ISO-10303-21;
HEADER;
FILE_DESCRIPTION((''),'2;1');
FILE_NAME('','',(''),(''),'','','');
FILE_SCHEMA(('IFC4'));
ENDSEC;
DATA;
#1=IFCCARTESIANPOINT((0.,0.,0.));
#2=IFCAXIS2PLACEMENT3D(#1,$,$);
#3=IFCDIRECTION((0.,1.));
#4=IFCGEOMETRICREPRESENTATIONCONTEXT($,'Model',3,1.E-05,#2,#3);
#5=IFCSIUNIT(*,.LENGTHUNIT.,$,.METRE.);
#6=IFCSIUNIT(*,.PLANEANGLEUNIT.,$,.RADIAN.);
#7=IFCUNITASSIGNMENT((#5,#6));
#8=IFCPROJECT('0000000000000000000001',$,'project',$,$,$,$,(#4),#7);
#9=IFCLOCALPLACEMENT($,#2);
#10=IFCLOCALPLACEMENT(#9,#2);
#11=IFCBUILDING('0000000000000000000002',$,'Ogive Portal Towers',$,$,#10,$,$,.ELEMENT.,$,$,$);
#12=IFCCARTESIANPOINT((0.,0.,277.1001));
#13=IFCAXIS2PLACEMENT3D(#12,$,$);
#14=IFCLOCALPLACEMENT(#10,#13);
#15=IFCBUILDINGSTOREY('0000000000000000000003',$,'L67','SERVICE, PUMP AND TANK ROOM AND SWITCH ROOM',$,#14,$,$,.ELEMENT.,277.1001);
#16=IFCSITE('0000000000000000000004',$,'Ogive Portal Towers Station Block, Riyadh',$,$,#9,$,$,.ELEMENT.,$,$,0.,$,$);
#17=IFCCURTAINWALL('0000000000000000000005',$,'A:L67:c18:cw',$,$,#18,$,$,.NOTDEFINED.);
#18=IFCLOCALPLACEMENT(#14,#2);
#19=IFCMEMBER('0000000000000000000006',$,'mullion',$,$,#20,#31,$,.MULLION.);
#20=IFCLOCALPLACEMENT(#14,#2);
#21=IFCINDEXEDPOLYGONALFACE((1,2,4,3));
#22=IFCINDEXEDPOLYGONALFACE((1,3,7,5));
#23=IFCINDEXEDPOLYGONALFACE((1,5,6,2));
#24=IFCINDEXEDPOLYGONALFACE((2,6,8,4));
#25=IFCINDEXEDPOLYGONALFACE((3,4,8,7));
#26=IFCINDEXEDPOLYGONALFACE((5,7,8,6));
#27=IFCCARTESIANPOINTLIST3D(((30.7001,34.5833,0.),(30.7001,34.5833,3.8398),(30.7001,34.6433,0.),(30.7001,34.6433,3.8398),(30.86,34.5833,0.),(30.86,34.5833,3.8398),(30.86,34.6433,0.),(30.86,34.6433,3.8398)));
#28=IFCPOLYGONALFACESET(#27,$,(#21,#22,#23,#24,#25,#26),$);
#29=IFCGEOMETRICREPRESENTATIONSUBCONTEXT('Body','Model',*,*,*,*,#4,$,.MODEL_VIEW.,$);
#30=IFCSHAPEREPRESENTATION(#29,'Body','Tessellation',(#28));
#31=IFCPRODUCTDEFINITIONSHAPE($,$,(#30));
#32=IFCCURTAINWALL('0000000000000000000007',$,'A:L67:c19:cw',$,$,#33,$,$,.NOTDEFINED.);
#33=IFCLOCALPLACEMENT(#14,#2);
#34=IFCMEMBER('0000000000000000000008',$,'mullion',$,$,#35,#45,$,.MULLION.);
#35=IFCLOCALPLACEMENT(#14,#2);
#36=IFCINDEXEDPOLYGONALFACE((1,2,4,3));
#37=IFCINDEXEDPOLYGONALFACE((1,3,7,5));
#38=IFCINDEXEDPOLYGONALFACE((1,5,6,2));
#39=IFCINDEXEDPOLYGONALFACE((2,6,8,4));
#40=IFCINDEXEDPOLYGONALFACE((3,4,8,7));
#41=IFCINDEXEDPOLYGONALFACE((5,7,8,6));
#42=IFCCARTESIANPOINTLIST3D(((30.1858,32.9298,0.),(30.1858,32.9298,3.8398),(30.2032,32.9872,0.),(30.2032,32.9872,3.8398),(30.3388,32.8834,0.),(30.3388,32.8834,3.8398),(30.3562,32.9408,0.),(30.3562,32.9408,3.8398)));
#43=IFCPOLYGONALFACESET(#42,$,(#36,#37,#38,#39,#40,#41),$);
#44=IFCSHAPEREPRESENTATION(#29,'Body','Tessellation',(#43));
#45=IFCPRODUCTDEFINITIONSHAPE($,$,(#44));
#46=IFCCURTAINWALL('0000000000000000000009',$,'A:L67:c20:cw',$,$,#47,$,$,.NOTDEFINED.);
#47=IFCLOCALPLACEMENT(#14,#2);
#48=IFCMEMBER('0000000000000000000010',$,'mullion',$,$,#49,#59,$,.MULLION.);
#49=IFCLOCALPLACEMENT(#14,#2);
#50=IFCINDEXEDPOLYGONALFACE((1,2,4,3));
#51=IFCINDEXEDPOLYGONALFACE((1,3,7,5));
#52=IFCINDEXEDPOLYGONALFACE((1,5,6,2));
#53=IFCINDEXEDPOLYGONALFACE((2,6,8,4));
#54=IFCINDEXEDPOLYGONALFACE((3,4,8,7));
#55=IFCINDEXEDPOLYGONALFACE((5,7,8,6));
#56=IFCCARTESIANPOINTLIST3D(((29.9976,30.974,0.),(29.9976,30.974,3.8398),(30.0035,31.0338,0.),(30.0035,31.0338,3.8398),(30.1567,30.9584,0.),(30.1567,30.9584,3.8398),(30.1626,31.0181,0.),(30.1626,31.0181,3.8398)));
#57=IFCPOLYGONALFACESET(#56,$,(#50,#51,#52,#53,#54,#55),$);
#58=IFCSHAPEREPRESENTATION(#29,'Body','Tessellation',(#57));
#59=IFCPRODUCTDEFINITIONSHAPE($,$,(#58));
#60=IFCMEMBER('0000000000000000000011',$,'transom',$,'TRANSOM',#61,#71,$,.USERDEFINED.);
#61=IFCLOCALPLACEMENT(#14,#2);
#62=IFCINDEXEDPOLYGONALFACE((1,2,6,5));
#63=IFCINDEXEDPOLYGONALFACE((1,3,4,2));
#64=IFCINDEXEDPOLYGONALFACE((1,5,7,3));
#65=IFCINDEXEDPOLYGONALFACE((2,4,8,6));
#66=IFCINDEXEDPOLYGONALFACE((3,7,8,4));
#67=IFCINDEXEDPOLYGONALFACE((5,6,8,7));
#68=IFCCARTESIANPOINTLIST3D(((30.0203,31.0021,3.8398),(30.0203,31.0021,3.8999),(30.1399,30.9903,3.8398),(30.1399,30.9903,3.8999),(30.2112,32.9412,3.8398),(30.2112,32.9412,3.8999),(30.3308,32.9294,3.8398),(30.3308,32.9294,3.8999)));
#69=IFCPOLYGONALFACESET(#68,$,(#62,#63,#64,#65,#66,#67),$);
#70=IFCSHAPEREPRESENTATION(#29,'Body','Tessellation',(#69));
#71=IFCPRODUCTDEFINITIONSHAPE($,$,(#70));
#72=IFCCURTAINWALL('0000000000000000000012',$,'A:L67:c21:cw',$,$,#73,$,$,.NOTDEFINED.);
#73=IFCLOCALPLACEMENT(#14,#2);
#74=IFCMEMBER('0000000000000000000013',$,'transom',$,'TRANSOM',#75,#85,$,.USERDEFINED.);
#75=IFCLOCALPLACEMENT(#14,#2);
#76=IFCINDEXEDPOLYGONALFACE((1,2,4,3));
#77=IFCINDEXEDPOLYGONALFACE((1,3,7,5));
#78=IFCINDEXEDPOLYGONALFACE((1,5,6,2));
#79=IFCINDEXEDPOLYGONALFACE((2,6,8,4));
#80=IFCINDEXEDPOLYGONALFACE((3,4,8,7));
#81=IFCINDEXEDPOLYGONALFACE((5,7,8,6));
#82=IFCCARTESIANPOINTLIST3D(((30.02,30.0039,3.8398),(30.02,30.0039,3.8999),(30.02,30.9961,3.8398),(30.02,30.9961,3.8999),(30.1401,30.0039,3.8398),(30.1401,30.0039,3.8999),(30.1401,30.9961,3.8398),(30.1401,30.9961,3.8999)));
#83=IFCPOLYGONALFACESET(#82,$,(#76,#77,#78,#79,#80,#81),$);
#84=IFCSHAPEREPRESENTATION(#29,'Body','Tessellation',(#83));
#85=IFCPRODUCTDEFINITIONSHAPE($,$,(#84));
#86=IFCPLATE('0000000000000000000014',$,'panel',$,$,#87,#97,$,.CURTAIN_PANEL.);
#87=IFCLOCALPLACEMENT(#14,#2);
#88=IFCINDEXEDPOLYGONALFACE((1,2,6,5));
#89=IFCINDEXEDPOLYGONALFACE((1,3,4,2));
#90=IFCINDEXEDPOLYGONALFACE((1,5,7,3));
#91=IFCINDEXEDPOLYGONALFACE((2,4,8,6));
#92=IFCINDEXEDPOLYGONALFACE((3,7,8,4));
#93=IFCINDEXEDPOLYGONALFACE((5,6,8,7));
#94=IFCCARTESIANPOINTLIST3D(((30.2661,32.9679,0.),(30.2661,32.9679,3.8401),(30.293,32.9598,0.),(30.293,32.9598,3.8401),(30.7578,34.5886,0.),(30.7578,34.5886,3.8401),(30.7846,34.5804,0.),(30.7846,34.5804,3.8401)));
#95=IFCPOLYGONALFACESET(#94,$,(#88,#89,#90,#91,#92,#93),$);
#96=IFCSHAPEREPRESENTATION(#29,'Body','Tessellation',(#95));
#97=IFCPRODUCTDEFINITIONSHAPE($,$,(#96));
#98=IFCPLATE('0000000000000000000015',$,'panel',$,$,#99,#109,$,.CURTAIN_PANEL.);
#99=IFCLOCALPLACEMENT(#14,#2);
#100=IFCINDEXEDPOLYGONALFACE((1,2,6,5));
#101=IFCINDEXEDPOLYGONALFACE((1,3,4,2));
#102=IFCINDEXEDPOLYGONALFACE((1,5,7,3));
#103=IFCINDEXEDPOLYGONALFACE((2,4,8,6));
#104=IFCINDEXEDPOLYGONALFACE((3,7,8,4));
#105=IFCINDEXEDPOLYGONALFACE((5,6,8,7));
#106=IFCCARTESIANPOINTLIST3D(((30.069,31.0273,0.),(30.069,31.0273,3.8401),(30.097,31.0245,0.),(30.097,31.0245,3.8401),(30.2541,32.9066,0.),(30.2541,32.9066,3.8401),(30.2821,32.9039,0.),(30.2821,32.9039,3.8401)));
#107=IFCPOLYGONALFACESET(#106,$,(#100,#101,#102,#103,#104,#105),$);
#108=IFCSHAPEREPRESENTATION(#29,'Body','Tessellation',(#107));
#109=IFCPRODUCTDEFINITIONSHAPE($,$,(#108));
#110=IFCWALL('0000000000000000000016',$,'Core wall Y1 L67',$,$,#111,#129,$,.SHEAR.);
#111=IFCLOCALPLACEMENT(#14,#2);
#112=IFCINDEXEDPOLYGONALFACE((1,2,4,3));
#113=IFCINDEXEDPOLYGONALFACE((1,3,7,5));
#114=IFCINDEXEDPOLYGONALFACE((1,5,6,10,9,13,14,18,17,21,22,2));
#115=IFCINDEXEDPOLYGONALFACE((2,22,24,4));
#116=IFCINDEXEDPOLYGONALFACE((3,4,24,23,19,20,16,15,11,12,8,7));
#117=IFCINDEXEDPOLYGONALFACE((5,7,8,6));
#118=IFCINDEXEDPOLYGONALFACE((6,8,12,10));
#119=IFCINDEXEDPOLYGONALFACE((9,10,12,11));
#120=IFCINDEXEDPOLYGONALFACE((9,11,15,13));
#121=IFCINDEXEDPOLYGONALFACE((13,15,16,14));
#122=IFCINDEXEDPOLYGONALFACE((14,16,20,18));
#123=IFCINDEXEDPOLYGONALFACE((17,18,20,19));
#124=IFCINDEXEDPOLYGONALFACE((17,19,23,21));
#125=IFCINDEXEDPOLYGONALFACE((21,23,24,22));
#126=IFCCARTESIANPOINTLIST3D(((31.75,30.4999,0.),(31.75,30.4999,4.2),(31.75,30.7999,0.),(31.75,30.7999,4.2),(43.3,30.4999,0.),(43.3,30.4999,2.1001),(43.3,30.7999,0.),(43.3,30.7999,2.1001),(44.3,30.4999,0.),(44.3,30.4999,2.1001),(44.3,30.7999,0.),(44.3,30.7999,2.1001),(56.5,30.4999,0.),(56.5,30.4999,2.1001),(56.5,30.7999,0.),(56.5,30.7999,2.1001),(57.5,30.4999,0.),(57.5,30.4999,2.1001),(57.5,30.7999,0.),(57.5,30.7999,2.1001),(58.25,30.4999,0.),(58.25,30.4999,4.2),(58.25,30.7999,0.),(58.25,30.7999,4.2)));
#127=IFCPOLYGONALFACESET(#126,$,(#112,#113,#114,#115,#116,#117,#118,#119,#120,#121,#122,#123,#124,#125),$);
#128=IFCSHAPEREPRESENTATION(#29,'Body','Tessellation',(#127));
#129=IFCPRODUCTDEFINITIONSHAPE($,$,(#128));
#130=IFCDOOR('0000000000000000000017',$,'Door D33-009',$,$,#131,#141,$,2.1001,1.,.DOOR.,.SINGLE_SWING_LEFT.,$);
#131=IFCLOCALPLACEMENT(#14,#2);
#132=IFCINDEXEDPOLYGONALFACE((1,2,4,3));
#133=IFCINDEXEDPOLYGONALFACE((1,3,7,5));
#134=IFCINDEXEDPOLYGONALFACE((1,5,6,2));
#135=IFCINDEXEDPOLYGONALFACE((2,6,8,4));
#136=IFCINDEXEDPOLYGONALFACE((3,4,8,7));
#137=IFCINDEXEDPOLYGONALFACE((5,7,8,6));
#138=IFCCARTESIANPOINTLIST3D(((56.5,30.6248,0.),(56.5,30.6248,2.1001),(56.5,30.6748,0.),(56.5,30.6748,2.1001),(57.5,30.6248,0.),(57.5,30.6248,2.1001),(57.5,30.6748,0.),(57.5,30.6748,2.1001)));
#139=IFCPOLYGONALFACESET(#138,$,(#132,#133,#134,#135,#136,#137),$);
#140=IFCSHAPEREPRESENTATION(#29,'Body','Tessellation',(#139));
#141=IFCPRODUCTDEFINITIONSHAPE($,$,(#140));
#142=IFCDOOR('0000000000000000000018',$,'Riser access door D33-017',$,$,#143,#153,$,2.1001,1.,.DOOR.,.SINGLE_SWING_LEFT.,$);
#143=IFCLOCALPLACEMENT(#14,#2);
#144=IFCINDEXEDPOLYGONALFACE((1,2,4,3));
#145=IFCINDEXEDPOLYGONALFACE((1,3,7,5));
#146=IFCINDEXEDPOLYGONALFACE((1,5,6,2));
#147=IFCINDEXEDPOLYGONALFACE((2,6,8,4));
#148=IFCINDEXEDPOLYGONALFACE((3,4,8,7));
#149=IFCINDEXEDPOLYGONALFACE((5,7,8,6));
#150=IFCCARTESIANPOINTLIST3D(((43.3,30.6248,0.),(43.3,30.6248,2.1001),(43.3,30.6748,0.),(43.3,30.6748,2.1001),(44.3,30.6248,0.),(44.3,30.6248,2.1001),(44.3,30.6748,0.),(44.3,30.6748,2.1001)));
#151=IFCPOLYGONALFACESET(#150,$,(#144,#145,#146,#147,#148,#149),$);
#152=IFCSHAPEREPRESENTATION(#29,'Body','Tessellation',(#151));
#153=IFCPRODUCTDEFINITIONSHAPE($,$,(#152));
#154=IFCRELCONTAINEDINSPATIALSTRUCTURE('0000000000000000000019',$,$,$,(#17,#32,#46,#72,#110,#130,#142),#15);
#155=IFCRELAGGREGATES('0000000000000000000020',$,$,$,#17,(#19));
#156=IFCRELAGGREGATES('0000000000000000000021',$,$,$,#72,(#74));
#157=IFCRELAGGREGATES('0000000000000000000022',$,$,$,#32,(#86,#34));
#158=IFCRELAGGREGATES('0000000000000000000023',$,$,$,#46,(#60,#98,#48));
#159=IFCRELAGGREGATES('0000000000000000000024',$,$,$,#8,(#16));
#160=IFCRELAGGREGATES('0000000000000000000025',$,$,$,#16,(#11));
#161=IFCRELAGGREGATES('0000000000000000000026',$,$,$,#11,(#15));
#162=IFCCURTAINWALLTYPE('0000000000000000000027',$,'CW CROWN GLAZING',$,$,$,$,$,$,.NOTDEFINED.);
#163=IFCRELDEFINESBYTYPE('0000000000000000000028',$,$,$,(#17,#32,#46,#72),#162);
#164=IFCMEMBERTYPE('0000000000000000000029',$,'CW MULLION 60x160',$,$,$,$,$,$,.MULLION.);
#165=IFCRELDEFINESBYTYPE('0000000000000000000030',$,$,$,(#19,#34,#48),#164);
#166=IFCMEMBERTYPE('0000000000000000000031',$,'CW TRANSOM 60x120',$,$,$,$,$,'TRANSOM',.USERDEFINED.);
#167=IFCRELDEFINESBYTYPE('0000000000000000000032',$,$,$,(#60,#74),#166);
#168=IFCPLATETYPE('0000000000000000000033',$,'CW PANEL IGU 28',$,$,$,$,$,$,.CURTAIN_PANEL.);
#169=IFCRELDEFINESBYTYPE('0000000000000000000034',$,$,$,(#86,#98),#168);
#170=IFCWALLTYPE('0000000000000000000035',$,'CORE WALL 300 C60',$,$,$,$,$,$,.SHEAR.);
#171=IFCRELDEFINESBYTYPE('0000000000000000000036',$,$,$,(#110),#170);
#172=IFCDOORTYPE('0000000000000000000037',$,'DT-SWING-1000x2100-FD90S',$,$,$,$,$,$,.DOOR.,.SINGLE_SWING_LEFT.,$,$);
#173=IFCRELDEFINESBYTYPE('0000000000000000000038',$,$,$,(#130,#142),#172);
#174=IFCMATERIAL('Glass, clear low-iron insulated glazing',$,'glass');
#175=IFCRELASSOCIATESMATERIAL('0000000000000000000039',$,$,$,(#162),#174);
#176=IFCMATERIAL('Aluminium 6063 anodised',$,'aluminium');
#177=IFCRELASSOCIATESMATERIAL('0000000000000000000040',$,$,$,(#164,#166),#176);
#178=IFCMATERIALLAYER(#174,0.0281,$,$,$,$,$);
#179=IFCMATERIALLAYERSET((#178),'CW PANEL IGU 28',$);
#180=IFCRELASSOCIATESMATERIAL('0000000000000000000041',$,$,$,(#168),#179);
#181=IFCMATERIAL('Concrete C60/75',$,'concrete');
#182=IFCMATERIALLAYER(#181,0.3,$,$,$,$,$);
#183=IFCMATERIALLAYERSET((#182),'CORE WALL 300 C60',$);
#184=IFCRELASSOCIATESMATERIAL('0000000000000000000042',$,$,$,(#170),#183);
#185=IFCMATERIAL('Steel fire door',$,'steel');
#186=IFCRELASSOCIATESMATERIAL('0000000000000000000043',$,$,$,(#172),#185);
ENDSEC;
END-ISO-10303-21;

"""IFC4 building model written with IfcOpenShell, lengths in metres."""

from ifc_helpers import new_model, si_unit, direction, frame, frame_2d, origin, origin_2d, place, context, subcontext, project, spatial, rectangle, extrude, material, layer, layer_set, material_profile, profile_set, type_object, element, fill, aggregate, save


model = new_model("IFC4")

# Units and contexts
model_context = context("Model", 3, precision=1e-05, world=origin(), true_north=direction((0.0, 1.0)))
body_context = subcontext(model_context, "Body", "Model", "MODEL_VIEW")
ifc_project = project(units=[si_unit("LENGTHUNIT", "METRE"), si_unit("PLANEANGLEUNIT", "RADIAN")], contexts=[model_context])

# Site, building, storey
site_placement = place(None, origin())
site = spatial("IfcSite", under=ifc_project, at=site_placement, Name="Ogive Portal Towers Station Block, Riyadh", CompositionType="ELEMENT", RefElevation=0.0)
building_placement = place(site_placement, origin())
building = spatial("IfcBuilding", under=site, at=building_placement, Name="Ogive Portal Towers", CompositionType="ELEMENT")
storey_placement = place(building_placement, frame((0.0, 0.0, 277.1001)))
storey = spatial("IfcBuildingStorey", under=building, at=storey_placement, Name="L67", Description="SERVICE, PUMP AND TANK ROOM AND SWITCH ROOM", CompositionType="ELEMENT", Elevation=277.1001)

# Curtain walls, members
ifc_material_1 = material(Name="Glass, clear low-iron insulated glazing", Category="glass")
curtain_wall_type = type_object("IfcCurtainWallType", Name="CW CROWN GLAZING", PredefinedType="NOTDEFINED", material=ifc_material_1)
curtain_wall_1_placement = place(storey_placement, origin())
curtain_wall_1 = element("IfcCurtainWall", 1, at=curtain_wall_1_placement, inside=storey, type_object=curtain_wall_type, Name="A:L67:c18:cw", PredefinedType="NOTDEFINED")
ifc_material_2 = material(Name="Aluminium 6063 anodised", Category="aluminium")
ifc_material_profile_1 = material_profile(ifc_material_2, rectangle(XDim=0.1599, YDim=0.0601, at=origin_2d()), Name="AL 60x160")
ifc_profile_set_1 = profile_set([ifc_material_profile_1], Name="Aluminium 6063 anodised")
member_type_1 = type_object("IfcMemberType", Name="CW MULLION 60x160", PredefinedType="MULLION", material=ifc_profile_set_1)
member_1_placement = place(storey_placement, frame((30.78, 34.6133, 0.0), z_axis=(0.0, 0.0, 1.0), x_axis=(1.0, 0.0, 0.0)))
member_1 = element("IfcMember", 2, at=member_1_placement, type_object=member_type_1, Name="mullion", PredefinedType="MULLION", context=body_context, shape_type="SweptSolid", body=[
    extrude(rectangle(XDim=0.1599, YDim=0.0601, at=origin_2d()), origin(), (0.0, 0.0, 1.0), 3.8398),
])
aggregate(curtain_wall_1, [member_1])
curtain_wall_2_placement = place(storey_placement, origin())
curtain_wall_2 = element("IfcCurtainWall", 3, at=curtain_wall_2_placement, inside=storey, type_object=curtain_wall_type, Name="A:L67:c19:cw", PredefinedType="NOTDEFINED")
member_2_placement = place(storey_placement, frame((30.271, 32.9353, 0.0), z_axis=(0.0, 0.0, 1.0), x_axis=(0.95694, -0.290285, 0.0)))
member_2 = element("IfcMember", 4, at=member_2_placement, type_object=member_type_1, Name="mullion", PredefinedType="MULLION", context=body_context, shape_type="SweptSolid", body=[
    extrude(rectangle(XDim=0.1599, YDim=0.0601, at=origin_2d()), origin(), (0.0, 0.0, 1.0), 3.8398),
])

# Curtain wall, members
curtain_wall_3_placement = place(storey_placement, origin())
curtain_wall_3 = element("IfcCurtainWall", 5, at=curtain_wall_3_placement, inside=storey, type_object=curtain_wall_type, Name="A:L67:c20:cw", PredefinedType="NOTDEFINED")
member_3_placement = place(storey_placement, frame((30.0801, 30.9961, 0.0), z_axis=(0.0, 0.0, 1.0), x_axis=(0.995185, -0.098017, 0.0)))
member_3 = element("IfcMember", 6, at=member_3_placement, type_object=member_type_1, Name="mullion", PredefinedType="MULLION", context=body_context, shape_type="SweptSolid", body=[
    extrude(rectangle(XDim=0.1599, YDim=0.0601, at=origin_2d()), origin(), (0.0, 0.0, 1.0), 3.8398),
])
ifc_material_profile_2 = material_profile(ifc_material_2, rectangle(XDim=0.1201, YDim=0.0601, at=origin_2d()), Name="AL 120x60")
ifc_profile_set_2 = profile_set([ifc_material_profile_2], Name="Aluminium 6063 anodised")
member_type_2 = type_object("IfcMemberType", Name="CW TRANSOM 60x120", ElementType="TRANSOM", PredefinedType="USERDEFINED", material=ifc_profile_set_2)
member_4_placement = place(storey_placement, frame((30.271, 32.9353, 3.8699), z_axis=(-0.097978, -0.995189, 0.0), x_axis=(0.995189, -0.097978, 0.0)))
member_4 = element("IfcMember", 7, at=member_4_placement, type_object=member_type_2, Name="transom", ObjectType="TRANSOM", PredefinedType="USERDEFINED", context=body_context, shape_type="SweptSolid", body=[
    extrude(rectangle(XDim=0.1201, YDim=0.0601, at=origin_2d()), origin(), (0.0, 0.0, 1.0), 1.9485),
])

# Curtain wall, member
curtain_wall_4_placement = place(storey_placement, origin())
curtain_wall_4 = element("IfcCurtainWall", 8, at=curtain_wall_4_placement, inside=storey, type_object=curtain_wall_type, Name="A:L67:c21:cw", PredefinedType="NOTDEFINED")
member_5_placement = place(storey_placement, frame((30.0801, 30.9961, 3.8699), z_axis=(0.0, -1.0, 0.0), x_axis=(1.0, 0.0, 0.0)))
member_5 = element("IfcMember", 9, at=member_5_placement, type_object=member_type_2, Name="transom", ObjectType="TRANSOM", PredefinedType="USERDEFINED", context=body_context, shape_type="SweptSolid", body=[
    extrude(rectangle(XDim=0.1201, YDim=0.0601, at=origin_2d()), origin(), (0.0, 0.0, 1.0), 0.9922),
])
aggregate(curtain_wall_4, [member_5])

# Plates
ifc_layer_1 = layer(ifc_material_1, 0.0281)
ifc_layer_set_1 = layer_set([ifc_layer_1], Name="CW PANEL IGU 28")
plate_type = type_object("IfcPlateType", Name="CW PANEL IGU 28", PredefinedType="CURTAIN_PANEL", material=ifc_layer_set_1)
plate_1_placement = place(storey_placement, frame((30.5254, 33.7742, 0.0), z_axis=(0.0, 0.0, 1.0), x_axis=(-0.290285, -0.95694, 0.0)))
plate_1 = element("IfcPlate", 10, at=plate_1_placement, type_object=plate_type, Name="panel", PredefinedType="CURTAIN_PANEL", context=body_context, shape_type="SweptSolid", body=[
    extrude(rectangle(XDim=1.6936, YDim=0.0281, at=origin_2d()), origin(), (0.0, 0.0, 1.0), 3.8401),
])
aggregate(curtain_wall_2, [plate_1, member_2])
plate_2_placement = place(storey_placement, frame((30.1755, 31.9656, 0.0), z_axis=(0.0, 0.0, 1.0), x_axis=(-0.098017, -0.995185, 0.0)))
plate_2 = element("IfcPlate", 11, at=plate_2_placement, type_object=plate_type, Name="panel", PredefinedType="CURTAIN_PANEL", context=body_context, shape_type="SweptSolid", body=[
    extrude(rectangle(XDim=1.8884, YDim=0.0281, at=origin_2d()), origin(), (0.0, 0.0, 1.0), 3.8401),
])
aggregate(curtain_wall_3, [member_4, plate_2, member_3])

# Wall, openings, doors
ifc_material_3 = material(Name="Concrete C60/75", Category="concrete")
ifc_layer_2 = layer(ifc_material_3, 0.3)
ifc_layer_set_2 = layer_set([ifc_layer_2], Name="CORE WALL 300 C60")
wall_type_1 = type_object("IfcWallType", Name="CORE WALL 300 C60", PredefinedType="SHEAR", material=ifc_layer_set_2)
wall_1_placement = place(storey_placement, frame((31.75, 30.6499, 0.0), z_axis=(0.0, 0.0, 1.0), x_axis=(1.0, 0.0, 0.0)))
wall_1 = element("IfcWall", 12, at=wall_1_placement, inside=storey, type_object=wall_type_1, Name="Core wall Y1 L67", PredefinedType="SHEAR", context=body_context, shape_type="SweptSolid", body=[
    extrude(rectangle(XDim=26.5, YDim=0.3, at=frame_2d((13.25, 0.0))), origin(), (0.0, 0.0, 1.0), 4.2),
])
opening_1_placement = place(wall_1_placement, frame((24.75, 0.0, 0.0)))
opening_1 = element("IfcOpeningElement", 13, at=opening_1_placement, cuts=wall_1, PredefinedType="OPENING", context=body_context, shape_type="SweptSolid", body=[
    extrude(rectangle(XDim=1.0, YDim=2.1001, at=frame_2d((0.5, 1.05))), frame((0.0, 0.1602, 0.0), z_axis=(0.0, -1.0, 0.0), x_axis=(1.0, 0.0, 0.0)), (0.0, 0.0, 1.0), 0.3201),
])
opening_2_placement = place(wall_1_placement, frame((11.55, 0.0, 0.0)))
opening_2 = element("IfcOpeningElement", 14, at=opening_2_placement, cuts=wall_1, PredefinedType="OPENING", context=body_context, shape_type="SweptSolid", body=[
    extrude(rectangle(XDim=1.0, YDim=2.1001, at=frame_2d((0.5, 1.05))), frame((0.0, 0.1602, 0.0), z_axis=(0.0, -1.0, 0.0), x_axis=(1.0, 0.0, 0.0)), (0.0, 0.0, 1.0), 0.3201),
])
ifc_material_4 = material(Name="Steel fire door", Category="steel")
door_type_1 = type_object("IfcDoorType", Name="DT-SWING-1000x2100-FD90S", OperationType="SINGLE_SWING_LEFT", PredefinedType="DOOR", material=ifc_material_4)
door_1_placement = place(opening_1_placement, origin())
door_1 = element("IfcDoor", 15, at=door_1_placement, inside=storey, type_object=door_type_1, Name="Door D33-009", OperationType="SINGLE_SWING_LEFT", OverallHeight=2.1001, OverallWidth=1.0, PredefinedType="DOOR", context=body_context, shape_type="SweptSolid", body=[
    extrude(rectangle(XDim=1.0, YDim=2.1001, at=frame_2d((0.5, 1.05))), frame((0.0, 0.0249, 0.0), z_axis=(0.0, -1.0, 0.0), x_axis=(1.0, 0.0, 0.0)), (0.0, 0.0, 1.0), 0.05),
])
fill(opening_1, door_1)
door_2_placement = place(opening_2_placement, origin())
door_2 = element("IfcDoor", 16, at=door_2_placement, inside=storey, type_object=door_type_1, Name="Riser access door D33-017", OperationType="SINGLE_SWING_LEFT", OverallHeight=2.1001, OverallWidth=1.0, PredefinedType="DOOR", context=body_context, shape_type="SweptSolid", body=[
    extrude(rectangle(XDim=1.0, YDim=2.1001, at=frame_2d((0.5, 1.05))), frame((0.0, 0.0249, 0.0), z_axis=(0.0, -1.0, 0.0), x_axis=(1.0, 0.0, 0.0)), (0.0, 0.0, 1.0), 0.05),
])
fill(opening_2, door_2)

save(model, "model.ifc")
